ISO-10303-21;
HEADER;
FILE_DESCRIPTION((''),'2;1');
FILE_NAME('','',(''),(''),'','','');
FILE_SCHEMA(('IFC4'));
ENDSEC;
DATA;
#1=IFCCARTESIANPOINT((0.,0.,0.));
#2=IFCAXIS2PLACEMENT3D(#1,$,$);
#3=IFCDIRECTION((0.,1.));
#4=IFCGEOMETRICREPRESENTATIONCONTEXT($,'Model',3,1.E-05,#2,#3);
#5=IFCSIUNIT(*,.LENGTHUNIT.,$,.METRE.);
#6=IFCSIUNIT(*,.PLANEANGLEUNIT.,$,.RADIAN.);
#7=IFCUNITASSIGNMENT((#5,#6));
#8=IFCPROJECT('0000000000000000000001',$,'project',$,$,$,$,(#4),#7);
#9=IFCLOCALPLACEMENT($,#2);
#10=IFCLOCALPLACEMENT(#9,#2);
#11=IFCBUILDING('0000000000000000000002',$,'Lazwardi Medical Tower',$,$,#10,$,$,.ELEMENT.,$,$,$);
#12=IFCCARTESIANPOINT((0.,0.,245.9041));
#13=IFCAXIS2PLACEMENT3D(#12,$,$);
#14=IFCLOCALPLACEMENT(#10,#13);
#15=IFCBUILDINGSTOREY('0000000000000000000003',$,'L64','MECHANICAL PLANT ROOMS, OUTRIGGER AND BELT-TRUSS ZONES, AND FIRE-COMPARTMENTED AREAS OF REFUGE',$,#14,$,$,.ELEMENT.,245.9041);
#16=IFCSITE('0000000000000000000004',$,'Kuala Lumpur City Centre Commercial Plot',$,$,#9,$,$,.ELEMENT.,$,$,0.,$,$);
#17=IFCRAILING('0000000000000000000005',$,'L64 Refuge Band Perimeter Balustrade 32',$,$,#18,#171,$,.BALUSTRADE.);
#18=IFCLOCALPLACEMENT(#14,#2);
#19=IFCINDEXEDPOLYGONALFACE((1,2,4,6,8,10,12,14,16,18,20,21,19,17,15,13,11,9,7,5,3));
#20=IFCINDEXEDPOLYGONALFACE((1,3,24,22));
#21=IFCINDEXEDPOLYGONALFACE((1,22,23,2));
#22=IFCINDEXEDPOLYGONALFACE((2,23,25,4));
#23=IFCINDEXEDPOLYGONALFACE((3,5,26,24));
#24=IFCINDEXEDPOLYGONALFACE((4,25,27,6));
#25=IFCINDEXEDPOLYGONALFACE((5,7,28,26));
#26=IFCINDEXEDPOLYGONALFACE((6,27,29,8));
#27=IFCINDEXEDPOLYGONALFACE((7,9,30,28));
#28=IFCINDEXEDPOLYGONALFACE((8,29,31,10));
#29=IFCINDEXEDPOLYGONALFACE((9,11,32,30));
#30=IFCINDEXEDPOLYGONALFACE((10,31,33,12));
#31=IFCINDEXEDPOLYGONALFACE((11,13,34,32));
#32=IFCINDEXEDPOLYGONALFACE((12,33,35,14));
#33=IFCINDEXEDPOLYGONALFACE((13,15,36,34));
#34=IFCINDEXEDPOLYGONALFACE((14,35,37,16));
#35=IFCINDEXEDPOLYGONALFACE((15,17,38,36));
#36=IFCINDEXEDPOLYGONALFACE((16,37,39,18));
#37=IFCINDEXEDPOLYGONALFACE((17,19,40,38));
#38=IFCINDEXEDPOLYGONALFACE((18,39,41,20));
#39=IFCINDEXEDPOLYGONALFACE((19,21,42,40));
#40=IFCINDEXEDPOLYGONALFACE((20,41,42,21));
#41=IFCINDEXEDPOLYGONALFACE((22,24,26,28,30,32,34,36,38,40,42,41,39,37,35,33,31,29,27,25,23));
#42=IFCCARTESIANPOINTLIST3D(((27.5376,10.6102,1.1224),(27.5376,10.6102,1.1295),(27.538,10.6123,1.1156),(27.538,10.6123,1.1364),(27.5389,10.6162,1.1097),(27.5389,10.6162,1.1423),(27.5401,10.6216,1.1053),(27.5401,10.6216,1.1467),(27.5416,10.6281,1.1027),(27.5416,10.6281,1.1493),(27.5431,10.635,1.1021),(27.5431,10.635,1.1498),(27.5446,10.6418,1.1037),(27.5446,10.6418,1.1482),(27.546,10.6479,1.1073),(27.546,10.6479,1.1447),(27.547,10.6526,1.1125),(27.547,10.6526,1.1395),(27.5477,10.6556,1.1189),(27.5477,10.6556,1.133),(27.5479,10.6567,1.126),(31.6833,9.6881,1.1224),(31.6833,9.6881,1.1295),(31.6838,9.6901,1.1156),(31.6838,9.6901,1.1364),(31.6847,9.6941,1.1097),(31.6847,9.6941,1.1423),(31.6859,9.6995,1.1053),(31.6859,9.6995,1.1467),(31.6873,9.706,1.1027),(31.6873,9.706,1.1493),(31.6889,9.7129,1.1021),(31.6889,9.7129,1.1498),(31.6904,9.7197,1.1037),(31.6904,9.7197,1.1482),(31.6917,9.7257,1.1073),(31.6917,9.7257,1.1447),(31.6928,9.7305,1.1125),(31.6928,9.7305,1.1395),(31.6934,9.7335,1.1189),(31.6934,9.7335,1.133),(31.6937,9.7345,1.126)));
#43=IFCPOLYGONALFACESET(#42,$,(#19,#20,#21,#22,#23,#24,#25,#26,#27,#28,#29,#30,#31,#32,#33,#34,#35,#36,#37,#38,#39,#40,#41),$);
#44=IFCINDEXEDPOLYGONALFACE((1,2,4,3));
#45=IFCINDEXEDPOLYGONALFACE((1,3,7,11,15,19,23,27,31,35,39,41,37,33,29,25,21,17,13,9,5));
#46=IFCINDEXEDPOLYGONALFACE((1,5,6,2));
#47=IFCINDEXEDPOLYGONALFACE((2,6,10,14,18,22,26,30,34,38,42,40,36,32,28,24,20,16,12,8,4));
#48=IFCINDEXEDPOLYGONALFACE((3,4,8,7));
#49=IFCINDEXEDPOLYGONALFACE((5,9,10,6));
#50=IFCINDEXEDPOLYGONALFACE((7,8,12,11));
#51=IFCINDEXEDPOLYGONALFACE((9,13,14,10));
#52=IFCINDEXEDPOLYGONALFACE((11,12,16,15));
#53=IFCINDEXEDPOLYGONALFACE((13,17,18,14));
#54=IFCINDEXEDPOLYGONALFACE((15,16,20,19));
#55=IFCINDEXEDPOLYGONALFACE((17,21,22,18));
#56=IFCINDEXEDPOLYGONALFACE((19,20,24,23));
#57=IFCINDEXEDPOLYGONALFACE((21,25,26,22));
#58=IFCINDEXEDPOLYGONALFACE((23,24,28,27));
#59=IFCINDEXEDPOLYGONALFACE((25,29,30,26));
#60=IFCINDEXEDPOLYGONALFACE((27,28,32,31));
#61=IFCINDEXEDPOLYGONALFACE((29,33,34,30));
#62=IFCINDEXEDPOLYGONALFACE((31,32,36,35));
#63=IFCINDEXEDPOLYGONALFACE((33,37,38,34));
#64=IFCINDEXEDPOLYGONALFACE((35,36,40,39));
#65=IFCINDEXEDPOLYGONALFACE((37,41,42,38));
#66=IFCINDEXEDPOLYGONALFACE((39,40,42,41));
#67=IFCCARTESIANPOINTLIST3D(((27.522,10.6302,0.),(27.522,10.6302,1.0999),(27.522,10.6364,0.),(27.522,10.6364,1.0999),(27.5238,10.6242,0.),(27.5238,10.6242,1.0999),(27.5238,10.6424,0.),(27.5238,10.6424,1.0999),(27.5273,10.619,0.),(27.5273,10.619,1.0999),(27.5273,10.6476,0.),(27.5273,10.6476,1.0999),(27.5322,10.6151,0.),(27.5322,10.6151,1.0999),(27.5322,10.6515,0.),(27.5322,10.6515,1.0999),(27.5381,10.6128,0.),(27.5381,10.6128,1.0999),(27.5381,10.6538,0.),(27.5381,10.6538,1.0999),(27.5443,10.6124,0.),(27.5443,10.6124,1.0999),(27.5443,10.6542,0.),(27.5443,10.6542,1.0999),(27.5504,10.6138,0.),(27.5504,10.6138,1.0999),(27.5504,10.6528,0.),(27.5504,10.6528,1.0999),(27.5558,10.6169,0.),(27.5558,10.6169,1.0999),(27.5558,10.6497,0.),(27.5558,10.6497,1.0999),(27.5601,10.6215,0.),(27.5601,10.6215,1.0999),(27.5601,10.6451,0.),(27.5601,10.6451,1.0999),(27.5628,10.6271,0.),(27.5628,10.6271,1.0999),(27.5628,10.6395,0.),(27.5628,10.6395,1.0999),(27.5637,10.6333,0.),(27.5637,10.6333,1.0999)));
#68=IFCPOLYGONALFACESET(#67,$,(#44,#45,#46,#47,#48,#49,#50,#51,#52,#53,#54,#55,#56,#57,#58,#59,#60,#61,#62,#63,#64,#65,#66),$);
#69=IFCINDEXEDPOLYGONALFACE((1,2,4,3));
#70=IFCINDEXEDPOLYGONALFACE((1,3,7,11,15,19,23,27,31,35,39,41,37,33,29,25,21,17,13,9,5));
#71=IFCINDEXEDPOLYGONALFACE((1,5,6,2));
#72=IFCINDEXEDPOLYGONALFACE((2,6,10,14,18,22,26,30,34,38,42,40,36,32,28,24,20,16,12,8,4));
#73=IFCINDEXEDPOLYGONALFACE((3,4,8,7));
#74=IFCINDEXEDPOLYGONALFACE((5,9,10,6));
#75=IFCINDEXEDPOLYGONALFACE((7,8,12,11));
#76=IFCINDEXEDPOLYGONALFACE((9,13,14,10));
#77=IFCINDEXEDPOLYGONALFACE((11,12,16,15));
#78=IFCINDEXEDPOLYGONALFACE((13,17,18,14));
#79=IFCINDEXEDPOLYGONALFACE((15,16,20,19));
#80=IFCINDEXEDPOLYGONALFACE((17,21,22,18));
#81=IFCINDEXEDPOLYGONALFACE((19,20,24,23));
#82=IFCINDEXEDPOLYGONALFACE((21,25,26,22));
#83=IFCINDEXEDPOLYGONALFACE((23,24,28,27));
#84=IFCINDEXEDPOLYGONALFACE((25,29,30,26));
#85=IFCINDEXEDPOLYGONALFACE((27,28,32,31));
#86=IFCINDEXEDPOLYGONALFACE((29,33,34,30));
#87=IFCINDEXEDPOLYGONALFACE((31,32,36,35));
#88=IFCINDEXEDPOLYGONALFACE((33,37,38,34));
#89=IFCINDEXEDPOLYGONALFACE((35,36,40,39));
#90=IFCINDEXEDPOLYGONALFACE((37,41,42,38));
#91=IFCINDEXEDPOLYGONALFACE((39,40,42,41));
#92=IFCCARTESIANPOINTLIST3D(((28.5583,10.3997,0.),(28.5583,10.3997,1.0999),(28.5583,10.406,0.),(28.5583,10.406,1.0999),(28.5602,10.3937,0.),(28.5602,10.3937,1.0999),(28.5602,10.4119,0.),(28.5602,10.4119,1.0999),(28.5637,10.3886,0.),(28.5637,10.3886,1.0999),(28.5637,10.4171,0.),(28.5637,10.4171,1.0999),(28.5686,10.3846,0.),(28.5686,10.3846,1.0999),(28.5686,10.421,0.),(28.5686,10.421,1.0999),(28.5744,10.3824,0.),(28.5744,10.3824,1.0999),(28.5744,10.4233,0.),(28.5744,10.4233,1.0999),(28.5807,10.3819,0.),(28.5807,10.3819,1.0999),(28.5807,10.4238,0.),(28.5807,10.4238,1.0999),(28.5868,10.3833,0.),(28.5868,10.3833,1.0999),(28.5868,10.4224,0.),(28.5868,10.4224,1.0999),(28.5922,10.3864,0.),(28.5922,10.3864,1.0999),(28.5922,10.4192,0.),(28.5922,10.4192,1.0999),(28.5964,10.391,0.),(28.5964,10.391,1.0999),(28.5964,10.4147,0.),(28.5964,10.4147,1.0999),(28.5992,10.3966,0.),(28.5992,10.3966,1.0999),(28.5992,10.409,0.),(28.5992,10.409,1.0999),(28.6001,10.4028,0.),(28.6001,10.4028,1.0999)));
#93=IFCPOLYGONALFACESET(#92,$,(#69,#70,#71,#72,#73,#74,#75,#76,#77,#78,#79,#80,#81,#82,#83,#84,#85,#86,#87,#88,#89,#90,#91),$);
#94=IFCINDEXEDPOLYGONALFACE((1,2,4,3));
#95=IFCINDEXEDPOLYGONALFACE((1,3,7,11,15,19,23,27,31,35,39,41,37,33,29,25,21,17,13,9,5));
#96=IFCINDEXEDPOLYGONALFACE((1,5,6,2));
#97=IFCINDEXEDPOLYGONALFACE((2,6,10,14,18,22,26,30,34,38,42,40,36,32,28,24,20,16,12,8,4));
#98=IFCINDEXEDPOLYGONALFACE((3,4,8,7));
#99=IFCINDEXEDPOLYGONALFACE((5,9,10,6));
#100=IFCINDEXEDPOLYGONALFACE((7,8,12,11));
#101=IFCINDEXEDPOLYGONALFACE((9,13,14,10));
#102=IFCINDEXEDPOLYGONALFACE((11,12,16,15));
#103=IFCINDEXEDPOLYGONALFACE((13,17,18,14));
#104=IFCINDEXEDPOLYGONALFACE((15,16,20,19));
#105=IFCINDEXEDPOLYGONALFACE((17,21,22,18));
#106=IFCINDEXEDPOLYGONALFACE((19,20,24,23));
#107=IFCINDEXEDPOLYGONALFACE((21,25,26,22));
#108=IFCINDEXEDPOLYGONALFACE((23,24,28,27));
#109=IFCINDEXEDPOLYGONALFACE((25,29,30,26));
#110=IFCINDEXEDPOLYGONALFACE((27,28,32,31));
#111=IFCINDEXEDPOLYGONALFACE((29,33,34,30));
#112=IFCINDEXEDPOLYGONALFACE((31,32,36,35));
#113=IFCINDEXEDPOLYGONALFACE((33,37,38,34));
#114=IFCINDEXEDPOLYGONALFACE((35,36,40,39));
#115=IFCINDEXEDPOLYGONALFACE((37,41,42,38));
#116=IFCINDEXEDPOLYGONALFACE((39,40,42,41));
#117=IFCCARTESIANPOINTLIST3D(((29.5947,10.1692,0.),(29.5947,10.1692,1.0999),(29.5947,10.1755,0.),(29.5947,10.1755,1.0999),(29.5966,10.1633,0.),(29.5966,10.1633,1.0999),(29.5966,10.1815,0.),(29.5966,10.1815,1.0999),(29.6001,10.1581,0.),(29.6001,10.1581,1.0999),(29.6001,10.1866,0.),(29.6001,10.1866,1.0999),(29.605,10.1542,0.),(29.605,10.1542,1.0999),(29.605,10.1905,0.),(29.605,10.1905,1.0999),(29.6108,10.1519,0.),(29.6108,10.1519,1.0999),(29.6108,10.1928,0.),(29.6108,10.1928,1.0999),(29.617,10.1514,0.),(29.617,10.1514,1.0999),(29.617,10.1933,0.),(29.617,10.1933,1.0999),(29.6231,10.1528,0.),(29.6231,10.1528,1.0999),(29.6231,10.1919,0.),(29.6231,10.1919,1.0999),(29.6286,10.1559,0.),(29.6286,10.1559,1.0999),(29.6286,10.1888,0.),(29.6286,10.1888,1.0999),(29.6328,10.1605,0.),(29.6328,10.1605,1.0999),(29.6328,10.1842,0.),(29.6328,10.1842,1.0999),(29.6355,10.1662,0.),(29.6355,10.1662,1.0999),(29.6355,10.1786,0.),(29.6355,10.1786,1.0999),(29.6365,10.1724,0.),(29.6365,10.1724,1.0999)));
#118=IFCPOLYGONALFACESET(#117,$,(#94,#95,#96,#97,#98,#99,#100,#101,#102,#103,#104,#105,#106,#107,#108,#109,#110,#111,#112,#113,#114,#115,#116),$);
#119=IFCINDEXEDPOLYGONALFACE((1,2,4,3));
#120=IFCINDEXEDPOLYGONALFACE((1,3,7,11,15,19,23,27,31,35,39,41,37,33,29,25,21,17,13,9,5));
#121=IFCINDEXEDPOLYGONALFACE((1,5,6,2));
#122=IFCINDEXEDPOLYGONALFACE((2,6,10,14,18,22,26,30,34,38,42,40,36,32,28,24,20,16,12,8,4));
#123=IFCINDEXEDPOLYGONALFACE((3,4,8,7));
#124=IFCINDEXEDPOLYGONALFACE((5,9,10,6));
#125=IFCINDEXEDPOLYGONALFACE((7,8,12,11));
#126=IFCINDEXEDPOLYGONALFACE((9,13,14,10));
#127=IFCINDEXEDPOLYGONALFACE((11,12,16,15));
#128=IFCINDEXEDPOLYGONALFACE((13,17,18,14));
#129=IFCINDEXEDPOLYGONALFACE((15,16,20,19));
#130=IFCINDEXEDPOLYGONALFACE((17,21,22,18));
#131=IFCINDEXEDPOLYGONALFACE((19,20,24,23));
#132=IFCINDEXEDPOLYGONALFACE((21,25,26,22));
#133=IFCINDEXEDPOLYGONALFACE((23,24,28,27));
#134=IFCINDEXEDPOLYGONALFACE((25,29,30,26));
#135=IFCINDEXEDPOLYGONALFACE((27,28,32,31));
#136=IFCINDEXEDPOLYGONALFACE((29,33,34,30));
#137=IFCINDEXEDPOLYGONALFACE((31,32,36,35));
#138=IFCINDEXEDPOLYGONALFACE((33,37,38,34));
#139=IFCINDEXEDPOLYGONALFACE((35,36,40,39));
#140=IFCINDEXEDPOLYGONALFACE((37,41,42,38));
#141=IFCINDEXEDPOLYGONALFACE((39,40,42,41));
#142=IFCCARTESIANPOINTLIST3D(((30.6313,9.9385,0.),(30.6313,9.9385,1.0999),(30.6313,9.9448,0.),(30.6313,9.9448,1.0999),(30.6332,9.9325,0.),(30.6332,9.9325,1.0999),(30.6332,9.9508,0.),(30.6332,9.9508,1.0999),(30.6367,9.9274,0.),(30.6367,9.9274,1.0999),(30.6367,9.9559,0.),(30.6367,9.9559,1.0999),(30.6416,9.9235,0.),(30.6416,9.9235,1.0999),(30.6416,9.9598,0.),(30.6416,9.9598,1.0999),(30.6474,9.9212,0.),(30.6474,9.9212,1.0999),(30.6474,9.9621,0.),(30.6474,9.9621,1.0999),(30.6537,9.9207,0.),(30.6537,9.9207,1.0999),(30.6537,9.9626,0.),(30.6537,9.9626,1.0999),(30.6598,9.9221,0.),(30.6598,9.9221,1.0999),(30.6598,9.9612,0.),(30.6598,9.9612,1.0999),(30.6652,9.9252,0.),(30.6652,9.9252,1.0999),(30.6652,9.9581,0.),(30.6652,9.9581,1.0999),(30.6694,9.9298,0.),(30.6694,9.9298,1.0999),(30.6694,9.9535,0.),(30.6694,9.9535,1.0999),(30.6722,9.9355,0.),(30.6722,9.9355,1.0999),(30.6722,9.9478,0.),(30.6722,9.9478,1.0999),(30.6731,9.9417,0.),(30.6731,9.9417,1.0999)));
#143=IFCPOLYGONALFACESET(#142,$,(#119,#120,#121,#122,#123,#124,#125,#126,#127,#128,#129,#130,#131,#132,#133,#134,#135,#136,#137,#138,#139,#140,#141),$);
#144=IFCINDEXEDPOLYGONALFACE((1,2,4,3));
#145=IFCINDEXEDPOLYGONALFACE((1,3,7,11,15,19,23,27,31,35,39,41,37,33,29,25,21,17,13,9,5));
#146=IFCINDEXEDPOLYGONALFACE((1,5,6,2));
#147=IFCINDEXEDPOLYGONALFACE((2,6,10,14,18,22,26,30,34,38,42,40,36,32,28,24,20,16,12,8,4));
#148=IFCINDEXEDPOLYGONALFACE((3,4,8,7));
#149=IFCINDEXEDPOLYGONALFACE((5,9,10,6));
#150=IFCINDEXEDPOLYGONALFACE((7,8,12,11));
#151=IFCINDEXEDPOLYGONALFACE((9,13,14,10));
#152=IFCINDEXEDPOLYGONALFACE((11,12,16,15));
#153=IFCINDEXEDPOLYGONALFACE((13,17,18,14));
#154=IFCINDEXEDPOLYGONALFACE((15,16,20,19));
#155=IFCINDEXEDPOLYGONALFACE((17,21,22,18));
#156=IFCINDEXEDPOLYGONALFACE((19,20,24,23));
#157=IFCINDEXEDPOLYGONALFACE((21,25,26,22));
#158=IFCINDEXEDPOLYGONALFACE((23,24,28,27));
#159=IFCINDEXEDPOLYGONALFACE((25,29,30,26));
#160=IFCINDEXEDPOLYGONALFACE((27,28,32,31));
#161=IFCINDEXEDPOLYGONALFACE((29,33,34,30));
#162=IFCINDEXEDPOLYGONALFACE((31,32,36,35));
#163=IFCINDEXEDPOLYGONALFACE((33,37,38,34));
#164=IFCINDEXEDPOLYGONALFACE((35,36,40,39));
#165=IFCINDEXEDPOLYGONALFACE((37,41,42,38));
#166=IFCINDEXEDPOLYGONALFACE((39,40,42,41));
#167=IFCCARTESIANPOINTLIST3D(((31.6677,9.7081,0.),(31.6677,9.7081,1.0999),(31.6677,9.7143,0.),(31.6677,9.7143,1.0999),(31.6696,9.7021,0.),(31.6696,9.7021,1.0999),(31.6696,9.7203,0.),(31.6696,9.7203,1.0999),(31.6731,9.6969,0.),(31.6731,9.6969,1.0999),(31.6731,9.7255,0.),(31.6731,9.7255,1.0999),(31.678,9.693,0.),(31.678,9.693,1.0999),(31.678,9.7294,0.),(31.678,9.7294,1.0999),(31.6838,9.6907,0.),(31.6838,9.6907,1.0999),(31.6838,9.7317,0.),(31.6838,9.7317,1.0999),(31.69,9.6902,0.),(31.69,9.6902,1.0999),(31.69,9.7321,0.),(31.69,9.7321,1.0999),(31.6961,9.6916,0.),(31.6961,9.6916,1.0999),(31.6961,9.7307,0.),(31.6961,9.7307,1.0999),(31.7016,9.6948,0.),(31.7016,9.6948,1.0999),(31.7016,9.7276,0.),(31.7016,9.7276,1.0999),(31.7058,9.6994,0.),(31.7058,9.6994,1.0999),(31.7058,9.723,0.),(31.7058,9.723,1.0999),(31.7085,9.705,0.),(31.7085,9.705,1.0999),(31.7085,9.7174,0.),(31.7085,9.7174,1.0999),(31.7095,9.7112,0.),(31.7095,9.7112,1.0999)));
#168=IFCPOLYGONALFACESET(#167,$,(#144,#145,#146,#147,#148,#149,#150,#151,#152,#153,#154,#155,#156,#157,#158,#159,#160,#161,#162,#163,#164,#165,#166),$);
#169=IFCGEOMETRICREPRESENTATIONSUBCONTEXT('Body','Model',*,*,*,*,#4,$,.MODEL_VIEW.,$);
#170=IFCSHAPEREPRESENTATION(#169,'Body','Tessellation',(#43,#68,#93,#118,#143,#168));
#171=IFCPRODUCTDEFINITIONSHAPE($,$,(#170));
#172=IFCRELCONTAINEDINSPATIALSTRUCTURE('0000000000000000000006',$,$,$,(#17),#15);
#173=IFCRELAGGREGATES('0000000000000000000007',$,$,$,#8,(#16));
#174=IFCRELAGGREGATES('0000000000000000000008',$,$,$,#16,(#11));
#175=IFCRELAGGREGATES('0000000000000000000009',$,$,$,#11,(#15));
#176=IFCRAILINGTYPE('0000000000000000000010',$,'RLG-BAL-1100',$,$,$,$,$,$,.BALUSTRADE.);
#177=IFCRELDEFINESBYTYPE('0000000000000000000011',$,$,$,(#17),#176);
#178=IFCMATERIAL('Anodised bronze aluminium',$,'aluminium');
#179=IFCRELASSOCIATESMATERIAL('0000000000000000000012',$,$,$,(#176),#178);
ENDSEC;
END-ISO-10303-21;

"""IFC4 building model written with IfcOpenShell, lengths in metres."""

from ifc_helpers import new_model, si_unit, direction, frame, origin, origin_2d, place, context, subcontext, project, spatial, circle, extrude, material, type_object, element, save


model = new_model("IFC4")

# Units and contexts
model_context = context("Model", 3, precision=1e-05, world=origin(), true_north=direction((0.0, 1.0)))
body_context = subcontext(model_context, "Body", "Model", "MODEL_VIEW")
ifc_project = project(units=[si_unit("LENGTHUNIT", "METRE"), si_unit("PLANEANGLEUNIT", "RADIAN")], contexts=[model_context])

# Site, building, storey
site_placement = place(None, origin())
site = spatial("IfcSite", under=ifc_project, at=site_placement, Name="Kuala Lumpur City Centre Commercial Plot", CompositionType="ELEMENT", RefElevation=0.0)
building_placement = place(site_placement, origin())
building = spatial("IfcBuilding", under=site, at=building_placement, Name="Lazwardi Medical Tower", CompositionType="ELEMENT")
storey_placement = place(building_placement, frame((0.0, 0.0, 245.9041)))
storey = spatial("IfcBuildingStorey", under=building, at=storey_placement, Name="L64", Description="MECHANICAL PLANT ROOMS, OUTRIGGER AND BELT-TRUSS ZONES, AND FIRE-COMPARTMENTED AREAS OF REFUGE", CompositionType="ELEMENT", Elevation=245.9041)

# Railing
ifc_material_1 = material(Name="Anodised bronze aluminium", Category="aluminium")
railing_type = type_object("IfcRailingType", Name="RLG-BAL-1100", PredefinedType="BALUSTRADE", material=ifc_material_1)
railing_1_placement = place(storey_placement, frame((27.5427, 10.6333, 0.0)))
element("IfcRailing", 1, at=railing_1_placement, inside=storey, type_object=railing_type, Name="L64 Refuge Band Perimeter Balustrade 32", PredefinedType="BALUSTRADE", context=body_context, shape_type="SweptSolid", body=[
    extrude(circle(Radius=0.0239, at=origin_2d()), frame((0.0, 0.0, 1.126), z_axis=(0.976145, -0.217119, 0.0), x_axis=(0.217119, 0.976145, 0.0)), (0.0, 0.0, 1.0), 4.2471),
    extrude(circle(Radius=0.021, at=origin_2d()), origin(), (0.0, 0.0, 1.0), 1.0999),
    extrude(circle(Radius=0.021, at=origin_2d()), frame((1.0364, -0.2305, 0.0)), (0.0, 0.0, 1.0), 1.0999),
    extrude(circle(Radius=0.021, at=origin_2d()), frame((2.0728, -0.4609, 0.0)), (0.0, 0.0, 1.0), 1.0999),
    extrude(circle(Radius=0.021, at=origin_2d()), frame((3.1094, -0.6917, 0.0)), (0.0, 0.0, 1.0), 1.0999),
    extrude(circle(Radius=0.021, at=origin_2d()), frame((4.1458, -0.9221, 0.0)), (0.0, 0.0, 1.0), 1.0999),
])

save(model, "model.ifc")
